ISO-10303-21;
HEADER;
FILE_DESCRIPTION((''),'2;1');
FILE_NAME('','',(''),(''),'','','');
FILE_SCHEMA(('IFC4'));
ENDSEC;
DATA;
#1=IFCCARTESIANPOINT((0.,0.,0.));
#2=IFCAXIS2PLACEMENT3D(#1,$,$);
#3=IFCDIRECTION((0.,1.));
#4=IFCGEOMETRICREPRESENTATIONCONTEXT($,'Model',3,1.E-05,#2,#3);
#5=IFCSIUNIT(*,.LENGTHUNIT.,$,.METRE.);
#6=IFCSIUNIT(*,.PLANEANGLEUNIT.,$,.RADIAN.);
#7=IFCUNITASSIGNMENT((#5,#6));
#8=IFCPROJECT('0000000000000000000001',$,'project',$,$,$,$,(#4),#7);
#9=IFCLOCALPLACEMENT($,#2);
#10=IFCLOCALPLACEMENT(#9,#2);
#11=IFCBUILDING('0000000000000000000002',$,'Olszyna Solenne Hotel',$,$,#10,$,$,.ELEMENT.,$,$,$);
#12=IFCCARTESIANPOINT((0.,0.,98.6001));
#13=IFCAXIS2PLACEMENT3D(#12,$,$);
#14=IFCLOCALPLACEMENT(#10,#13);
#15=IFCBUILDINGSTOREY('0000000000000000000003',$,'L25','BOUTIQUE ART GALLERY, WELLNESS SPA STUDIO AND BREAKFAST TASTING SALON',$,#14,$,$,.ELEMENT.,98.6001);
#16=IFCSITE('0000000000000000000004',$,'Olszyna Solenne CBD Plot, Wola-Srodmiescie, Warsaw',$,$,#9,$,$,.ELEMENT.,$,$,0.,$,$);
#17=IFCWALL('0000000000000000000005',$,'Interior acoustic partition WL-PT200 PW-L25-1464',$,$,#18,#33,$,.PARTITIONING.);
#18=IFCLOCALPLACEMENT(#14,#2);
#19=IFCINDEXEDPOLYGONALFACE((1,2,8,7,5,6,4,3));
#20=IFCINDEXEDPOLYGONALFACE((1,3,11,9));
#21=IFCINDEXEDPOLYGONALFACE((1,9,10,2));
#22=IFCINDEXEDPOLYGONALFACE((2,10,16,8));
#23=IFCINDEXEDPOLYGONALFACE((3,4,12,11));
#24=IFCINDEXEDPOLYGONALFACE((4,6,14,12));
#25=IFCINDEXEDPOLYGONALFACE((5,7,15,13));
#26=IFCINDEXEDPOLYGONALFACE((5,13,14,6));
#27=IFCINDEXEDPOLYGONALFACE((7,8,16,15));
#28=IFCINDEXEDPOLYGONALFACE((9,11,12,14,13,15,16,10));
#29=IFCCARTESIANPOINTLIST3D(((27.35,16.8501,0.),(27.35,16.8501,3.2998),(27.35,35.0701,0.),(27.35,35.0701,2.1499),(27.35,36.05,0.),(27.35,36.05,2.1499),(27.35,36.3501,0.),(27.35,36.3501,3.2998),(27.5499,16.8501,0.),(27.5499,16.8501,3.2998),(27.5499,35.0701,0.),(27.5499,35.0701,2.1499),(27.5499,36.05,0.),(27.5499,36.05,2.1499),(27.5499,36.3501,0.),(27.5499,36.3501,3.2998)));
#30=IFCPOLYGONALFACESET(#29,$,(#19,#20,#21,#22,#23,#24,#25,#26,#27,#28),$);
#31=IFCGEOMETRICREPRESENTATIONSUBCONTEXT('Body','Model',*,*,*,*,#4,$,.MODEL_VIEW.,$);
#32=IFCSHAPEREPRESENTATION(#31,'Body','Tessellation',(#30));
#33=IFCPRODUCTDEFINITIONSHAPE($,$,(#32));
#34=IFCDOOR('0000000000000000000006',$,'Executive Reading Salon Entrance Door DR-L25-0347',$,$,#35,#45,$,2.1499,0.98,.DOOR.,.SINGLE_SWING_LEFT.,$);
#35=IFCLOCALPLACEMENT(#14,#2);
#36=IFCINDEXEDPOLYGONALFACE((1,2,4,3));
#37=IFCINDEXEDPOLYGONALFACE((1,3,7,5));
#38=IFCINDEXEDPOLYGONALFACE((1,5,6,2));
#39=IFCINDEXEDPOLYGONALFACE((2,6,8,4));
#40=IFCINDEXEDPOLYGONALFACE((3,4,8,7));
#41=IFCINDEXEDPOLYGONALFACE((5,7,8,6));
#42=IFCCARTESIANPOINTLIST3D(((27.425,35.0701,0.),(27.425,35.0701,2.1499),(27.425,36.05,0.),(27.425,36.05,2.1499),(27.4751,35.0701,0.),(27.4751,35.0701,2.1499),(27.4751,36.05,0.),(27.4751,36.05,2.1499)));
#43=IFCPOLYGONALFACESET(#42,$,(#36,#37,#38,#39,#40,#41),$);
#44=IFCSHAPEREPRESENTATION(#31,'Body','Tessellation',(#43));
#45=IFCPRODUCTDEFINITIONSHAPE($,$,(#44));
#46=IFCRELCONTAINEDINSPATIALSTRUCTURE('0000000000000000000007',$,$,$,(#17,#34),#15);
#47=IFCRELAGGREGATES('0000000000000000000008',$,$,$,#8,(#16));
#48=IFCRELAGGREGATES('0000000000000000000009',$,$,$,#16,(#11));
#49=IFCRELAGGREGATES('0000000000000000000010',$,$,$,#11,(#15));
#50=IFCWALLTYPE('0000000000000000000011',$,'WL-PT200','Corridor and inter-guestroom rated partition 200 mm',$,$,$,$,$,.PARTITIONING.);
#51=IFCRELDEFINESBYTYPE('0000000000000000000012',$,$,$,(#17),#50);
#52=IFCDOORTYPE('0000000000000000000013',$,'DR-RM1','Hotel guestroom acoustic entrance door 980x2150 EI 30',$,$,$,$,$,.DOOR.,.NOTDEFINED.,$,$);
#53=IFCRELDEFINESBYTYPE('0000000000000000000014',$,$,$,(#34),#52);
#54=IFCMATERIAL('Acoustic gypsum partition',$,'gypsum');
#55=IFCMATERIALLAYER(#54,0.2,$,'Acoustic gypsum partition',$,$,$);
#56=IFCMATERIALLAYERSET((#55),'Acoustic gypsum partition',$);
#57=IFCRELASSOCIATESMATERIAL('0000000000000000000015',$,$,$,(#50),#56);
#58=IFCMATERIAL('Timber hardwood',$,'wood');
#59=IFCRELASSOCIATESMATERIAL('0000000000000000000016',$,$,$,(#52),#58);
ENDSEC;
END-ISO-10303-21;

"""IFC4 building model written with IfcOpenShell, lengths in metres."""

from ifc_helpers import new_model, si_unit, direction, frame, frame_2d, origin, place, context, subcontext, project, spatial, rectangle, extrude, source, transform, mapped, material, layer, layer_set, type_object, type_shapes, element, fill, save


model = new_model("IFC4")

# Units and contexts
model_context = context("Model", 3, precision=1e-05, world=origin(), true_north=direction((0.0, 1.0)))
body_context = subcontext(model_context, "Body", "Model", "MODEL_VIEW")
ifc_project = project(units=[si_unit("LENGTHUNIT", "METRE"), si_unit("PLANEANGLEUNIT", "RADIAN")], contexts=[model_context])

# Site, building, storey
site_placement = place(None, origin())
site = spatial("IfcSite", under=ifc_project, at=site_placement, Name="Olszyna Solenne CBD Plot, Wola-Srodmiescie, Warsaw", CompositionType="ELEMENT", RefElevation=0.0)
building_placement = place(site_placement, origin())
building = spatial("IfcBuilding", under=site, at=building_placement, Name="Olszyna Solenne Hotel", CompositionType="ELEMENT")
storey_placement = place(building_placement, frame((0.0, 0.0, 98.6001)))
storey = spatial("IfcBuildingStorey", under=building, at=storey_placement, Name="L25", Description="BOUTIQUE ART GALLERY, WELLNESS SPA STUDIO AND BREAKFAST TASTING SALON", CompositionType="ELEMENT", Elevation=98.6001)

# Shared definitions
ifc_material_1 = material(Name="Timber hardwood", Category="wood")

# Shared definitions
ifc_material_2 = material(Name="Acoustic gypsum partition", Category="gypsum")
ifc_layer_1 = layer(ifc_material_2, 0.2, Name="Acoustic gypsum partition")
ifc_layer_set_1 = layer_set([ifc_layer_1], Name="Acoustic gypsum partition")
wall_type_1 = type_object("IfcWallType", Name="WL-PT200", Description="Corridor and inter-guestroom rated partition 200 mm", PredefinedType="PARTITIONING", material=ifc_layer_set_1)
door_type_1 = type_object("IfcDoorType", Name="DR-RM1", Description="Hotel guestroom acoustic entrance door 980x2150 EI 30", OperationType="NOTDEFINED", PredefinedType="DOOR", material=ifc_material_1)
shared_shape_1 = source(origin(), body_context, "Body", "SweptSolid", [
    extrude(rectangle(XDim=0.98, YDim=2.1499, at=frame_2d((0.49, 1.075))), frame((0.0, 0.0249, 0.0), z_axis=(0.0, -1.0, 0.0), x_axis=(1.0, 0.0, 0.0)), (0.0, 0.0, 1.0), 0.05),
])
type_shapes(door_type_1, [shared_shape_1])

# Wall, opening, door
wall_1_placement = place(storey_placement, frame((27.45, 16.8501, 0.0), z_axis=(0.0, 0.0, 1.0), x_axis=(0.0, 1.0, 0.0)))
wall_1 = element("IfcWall", 1, at=wall_1_placement, inside=storey, type_object=wall_type_1, Name="Interior acoustic partition WL-PT200 PW-L25-1464", PredefinedType="PARTITIONING", context=body_context, shape_type="SweptSolid", body=[
    extrude(rectangle(XDim=19.5, YDim=0.2, at=frame_2d((9.75, 0.0))), origin(), (0.0, 0.0, 1.0), 3.2998),
])
opening_1_placement = place(wall_1_placement, frame((18.22, 0.0, 0.0)))
opening_1 = element("IfcOpeningElement", 2, at=opening_1_placement, cuts=wall_1, PredefinedType="OPENING", context=body_context, shape_type="SweptSolid", body=[
    extrude(rectangle(XDim=0.98, YDim=2.1499, at=frame_2d((0.49, 1.075))), frame((0.0, 0.1099, 0.0), z_axis=(0.0, -1.0, 0.0), x_axis=(1.0, 0.0, 0.0)), (0.0, 0.0, 1.0), 0.22),
])
door_1_placement = place(opening_1_placement, origin())
door_1 = element("IfcDoor", 3, at=door_1_placement, inside=storey, type_object=door_type_1, Name="Executive Reading Salon Entrance Door DR-L25-0347", OperationType="SINGLE_SWING_LEFT", OverallHeight=2.1499, OverallWidth=0.98, PredefinedType="DOOR", context=body_context, shape_type="MappedRepresentation", body=[
    mapped(shared_shape_1, transform((0.0, 0.0, 0.0), x_axis=(1.0, 0.0, 0.0), y_axis=(0.0, 1.0, 0.0), z_axis=(0.0, 0.0, 1.0), scale=1.0)),
])
fill(opening_1, door_1)

save(model, "model.ifc")
